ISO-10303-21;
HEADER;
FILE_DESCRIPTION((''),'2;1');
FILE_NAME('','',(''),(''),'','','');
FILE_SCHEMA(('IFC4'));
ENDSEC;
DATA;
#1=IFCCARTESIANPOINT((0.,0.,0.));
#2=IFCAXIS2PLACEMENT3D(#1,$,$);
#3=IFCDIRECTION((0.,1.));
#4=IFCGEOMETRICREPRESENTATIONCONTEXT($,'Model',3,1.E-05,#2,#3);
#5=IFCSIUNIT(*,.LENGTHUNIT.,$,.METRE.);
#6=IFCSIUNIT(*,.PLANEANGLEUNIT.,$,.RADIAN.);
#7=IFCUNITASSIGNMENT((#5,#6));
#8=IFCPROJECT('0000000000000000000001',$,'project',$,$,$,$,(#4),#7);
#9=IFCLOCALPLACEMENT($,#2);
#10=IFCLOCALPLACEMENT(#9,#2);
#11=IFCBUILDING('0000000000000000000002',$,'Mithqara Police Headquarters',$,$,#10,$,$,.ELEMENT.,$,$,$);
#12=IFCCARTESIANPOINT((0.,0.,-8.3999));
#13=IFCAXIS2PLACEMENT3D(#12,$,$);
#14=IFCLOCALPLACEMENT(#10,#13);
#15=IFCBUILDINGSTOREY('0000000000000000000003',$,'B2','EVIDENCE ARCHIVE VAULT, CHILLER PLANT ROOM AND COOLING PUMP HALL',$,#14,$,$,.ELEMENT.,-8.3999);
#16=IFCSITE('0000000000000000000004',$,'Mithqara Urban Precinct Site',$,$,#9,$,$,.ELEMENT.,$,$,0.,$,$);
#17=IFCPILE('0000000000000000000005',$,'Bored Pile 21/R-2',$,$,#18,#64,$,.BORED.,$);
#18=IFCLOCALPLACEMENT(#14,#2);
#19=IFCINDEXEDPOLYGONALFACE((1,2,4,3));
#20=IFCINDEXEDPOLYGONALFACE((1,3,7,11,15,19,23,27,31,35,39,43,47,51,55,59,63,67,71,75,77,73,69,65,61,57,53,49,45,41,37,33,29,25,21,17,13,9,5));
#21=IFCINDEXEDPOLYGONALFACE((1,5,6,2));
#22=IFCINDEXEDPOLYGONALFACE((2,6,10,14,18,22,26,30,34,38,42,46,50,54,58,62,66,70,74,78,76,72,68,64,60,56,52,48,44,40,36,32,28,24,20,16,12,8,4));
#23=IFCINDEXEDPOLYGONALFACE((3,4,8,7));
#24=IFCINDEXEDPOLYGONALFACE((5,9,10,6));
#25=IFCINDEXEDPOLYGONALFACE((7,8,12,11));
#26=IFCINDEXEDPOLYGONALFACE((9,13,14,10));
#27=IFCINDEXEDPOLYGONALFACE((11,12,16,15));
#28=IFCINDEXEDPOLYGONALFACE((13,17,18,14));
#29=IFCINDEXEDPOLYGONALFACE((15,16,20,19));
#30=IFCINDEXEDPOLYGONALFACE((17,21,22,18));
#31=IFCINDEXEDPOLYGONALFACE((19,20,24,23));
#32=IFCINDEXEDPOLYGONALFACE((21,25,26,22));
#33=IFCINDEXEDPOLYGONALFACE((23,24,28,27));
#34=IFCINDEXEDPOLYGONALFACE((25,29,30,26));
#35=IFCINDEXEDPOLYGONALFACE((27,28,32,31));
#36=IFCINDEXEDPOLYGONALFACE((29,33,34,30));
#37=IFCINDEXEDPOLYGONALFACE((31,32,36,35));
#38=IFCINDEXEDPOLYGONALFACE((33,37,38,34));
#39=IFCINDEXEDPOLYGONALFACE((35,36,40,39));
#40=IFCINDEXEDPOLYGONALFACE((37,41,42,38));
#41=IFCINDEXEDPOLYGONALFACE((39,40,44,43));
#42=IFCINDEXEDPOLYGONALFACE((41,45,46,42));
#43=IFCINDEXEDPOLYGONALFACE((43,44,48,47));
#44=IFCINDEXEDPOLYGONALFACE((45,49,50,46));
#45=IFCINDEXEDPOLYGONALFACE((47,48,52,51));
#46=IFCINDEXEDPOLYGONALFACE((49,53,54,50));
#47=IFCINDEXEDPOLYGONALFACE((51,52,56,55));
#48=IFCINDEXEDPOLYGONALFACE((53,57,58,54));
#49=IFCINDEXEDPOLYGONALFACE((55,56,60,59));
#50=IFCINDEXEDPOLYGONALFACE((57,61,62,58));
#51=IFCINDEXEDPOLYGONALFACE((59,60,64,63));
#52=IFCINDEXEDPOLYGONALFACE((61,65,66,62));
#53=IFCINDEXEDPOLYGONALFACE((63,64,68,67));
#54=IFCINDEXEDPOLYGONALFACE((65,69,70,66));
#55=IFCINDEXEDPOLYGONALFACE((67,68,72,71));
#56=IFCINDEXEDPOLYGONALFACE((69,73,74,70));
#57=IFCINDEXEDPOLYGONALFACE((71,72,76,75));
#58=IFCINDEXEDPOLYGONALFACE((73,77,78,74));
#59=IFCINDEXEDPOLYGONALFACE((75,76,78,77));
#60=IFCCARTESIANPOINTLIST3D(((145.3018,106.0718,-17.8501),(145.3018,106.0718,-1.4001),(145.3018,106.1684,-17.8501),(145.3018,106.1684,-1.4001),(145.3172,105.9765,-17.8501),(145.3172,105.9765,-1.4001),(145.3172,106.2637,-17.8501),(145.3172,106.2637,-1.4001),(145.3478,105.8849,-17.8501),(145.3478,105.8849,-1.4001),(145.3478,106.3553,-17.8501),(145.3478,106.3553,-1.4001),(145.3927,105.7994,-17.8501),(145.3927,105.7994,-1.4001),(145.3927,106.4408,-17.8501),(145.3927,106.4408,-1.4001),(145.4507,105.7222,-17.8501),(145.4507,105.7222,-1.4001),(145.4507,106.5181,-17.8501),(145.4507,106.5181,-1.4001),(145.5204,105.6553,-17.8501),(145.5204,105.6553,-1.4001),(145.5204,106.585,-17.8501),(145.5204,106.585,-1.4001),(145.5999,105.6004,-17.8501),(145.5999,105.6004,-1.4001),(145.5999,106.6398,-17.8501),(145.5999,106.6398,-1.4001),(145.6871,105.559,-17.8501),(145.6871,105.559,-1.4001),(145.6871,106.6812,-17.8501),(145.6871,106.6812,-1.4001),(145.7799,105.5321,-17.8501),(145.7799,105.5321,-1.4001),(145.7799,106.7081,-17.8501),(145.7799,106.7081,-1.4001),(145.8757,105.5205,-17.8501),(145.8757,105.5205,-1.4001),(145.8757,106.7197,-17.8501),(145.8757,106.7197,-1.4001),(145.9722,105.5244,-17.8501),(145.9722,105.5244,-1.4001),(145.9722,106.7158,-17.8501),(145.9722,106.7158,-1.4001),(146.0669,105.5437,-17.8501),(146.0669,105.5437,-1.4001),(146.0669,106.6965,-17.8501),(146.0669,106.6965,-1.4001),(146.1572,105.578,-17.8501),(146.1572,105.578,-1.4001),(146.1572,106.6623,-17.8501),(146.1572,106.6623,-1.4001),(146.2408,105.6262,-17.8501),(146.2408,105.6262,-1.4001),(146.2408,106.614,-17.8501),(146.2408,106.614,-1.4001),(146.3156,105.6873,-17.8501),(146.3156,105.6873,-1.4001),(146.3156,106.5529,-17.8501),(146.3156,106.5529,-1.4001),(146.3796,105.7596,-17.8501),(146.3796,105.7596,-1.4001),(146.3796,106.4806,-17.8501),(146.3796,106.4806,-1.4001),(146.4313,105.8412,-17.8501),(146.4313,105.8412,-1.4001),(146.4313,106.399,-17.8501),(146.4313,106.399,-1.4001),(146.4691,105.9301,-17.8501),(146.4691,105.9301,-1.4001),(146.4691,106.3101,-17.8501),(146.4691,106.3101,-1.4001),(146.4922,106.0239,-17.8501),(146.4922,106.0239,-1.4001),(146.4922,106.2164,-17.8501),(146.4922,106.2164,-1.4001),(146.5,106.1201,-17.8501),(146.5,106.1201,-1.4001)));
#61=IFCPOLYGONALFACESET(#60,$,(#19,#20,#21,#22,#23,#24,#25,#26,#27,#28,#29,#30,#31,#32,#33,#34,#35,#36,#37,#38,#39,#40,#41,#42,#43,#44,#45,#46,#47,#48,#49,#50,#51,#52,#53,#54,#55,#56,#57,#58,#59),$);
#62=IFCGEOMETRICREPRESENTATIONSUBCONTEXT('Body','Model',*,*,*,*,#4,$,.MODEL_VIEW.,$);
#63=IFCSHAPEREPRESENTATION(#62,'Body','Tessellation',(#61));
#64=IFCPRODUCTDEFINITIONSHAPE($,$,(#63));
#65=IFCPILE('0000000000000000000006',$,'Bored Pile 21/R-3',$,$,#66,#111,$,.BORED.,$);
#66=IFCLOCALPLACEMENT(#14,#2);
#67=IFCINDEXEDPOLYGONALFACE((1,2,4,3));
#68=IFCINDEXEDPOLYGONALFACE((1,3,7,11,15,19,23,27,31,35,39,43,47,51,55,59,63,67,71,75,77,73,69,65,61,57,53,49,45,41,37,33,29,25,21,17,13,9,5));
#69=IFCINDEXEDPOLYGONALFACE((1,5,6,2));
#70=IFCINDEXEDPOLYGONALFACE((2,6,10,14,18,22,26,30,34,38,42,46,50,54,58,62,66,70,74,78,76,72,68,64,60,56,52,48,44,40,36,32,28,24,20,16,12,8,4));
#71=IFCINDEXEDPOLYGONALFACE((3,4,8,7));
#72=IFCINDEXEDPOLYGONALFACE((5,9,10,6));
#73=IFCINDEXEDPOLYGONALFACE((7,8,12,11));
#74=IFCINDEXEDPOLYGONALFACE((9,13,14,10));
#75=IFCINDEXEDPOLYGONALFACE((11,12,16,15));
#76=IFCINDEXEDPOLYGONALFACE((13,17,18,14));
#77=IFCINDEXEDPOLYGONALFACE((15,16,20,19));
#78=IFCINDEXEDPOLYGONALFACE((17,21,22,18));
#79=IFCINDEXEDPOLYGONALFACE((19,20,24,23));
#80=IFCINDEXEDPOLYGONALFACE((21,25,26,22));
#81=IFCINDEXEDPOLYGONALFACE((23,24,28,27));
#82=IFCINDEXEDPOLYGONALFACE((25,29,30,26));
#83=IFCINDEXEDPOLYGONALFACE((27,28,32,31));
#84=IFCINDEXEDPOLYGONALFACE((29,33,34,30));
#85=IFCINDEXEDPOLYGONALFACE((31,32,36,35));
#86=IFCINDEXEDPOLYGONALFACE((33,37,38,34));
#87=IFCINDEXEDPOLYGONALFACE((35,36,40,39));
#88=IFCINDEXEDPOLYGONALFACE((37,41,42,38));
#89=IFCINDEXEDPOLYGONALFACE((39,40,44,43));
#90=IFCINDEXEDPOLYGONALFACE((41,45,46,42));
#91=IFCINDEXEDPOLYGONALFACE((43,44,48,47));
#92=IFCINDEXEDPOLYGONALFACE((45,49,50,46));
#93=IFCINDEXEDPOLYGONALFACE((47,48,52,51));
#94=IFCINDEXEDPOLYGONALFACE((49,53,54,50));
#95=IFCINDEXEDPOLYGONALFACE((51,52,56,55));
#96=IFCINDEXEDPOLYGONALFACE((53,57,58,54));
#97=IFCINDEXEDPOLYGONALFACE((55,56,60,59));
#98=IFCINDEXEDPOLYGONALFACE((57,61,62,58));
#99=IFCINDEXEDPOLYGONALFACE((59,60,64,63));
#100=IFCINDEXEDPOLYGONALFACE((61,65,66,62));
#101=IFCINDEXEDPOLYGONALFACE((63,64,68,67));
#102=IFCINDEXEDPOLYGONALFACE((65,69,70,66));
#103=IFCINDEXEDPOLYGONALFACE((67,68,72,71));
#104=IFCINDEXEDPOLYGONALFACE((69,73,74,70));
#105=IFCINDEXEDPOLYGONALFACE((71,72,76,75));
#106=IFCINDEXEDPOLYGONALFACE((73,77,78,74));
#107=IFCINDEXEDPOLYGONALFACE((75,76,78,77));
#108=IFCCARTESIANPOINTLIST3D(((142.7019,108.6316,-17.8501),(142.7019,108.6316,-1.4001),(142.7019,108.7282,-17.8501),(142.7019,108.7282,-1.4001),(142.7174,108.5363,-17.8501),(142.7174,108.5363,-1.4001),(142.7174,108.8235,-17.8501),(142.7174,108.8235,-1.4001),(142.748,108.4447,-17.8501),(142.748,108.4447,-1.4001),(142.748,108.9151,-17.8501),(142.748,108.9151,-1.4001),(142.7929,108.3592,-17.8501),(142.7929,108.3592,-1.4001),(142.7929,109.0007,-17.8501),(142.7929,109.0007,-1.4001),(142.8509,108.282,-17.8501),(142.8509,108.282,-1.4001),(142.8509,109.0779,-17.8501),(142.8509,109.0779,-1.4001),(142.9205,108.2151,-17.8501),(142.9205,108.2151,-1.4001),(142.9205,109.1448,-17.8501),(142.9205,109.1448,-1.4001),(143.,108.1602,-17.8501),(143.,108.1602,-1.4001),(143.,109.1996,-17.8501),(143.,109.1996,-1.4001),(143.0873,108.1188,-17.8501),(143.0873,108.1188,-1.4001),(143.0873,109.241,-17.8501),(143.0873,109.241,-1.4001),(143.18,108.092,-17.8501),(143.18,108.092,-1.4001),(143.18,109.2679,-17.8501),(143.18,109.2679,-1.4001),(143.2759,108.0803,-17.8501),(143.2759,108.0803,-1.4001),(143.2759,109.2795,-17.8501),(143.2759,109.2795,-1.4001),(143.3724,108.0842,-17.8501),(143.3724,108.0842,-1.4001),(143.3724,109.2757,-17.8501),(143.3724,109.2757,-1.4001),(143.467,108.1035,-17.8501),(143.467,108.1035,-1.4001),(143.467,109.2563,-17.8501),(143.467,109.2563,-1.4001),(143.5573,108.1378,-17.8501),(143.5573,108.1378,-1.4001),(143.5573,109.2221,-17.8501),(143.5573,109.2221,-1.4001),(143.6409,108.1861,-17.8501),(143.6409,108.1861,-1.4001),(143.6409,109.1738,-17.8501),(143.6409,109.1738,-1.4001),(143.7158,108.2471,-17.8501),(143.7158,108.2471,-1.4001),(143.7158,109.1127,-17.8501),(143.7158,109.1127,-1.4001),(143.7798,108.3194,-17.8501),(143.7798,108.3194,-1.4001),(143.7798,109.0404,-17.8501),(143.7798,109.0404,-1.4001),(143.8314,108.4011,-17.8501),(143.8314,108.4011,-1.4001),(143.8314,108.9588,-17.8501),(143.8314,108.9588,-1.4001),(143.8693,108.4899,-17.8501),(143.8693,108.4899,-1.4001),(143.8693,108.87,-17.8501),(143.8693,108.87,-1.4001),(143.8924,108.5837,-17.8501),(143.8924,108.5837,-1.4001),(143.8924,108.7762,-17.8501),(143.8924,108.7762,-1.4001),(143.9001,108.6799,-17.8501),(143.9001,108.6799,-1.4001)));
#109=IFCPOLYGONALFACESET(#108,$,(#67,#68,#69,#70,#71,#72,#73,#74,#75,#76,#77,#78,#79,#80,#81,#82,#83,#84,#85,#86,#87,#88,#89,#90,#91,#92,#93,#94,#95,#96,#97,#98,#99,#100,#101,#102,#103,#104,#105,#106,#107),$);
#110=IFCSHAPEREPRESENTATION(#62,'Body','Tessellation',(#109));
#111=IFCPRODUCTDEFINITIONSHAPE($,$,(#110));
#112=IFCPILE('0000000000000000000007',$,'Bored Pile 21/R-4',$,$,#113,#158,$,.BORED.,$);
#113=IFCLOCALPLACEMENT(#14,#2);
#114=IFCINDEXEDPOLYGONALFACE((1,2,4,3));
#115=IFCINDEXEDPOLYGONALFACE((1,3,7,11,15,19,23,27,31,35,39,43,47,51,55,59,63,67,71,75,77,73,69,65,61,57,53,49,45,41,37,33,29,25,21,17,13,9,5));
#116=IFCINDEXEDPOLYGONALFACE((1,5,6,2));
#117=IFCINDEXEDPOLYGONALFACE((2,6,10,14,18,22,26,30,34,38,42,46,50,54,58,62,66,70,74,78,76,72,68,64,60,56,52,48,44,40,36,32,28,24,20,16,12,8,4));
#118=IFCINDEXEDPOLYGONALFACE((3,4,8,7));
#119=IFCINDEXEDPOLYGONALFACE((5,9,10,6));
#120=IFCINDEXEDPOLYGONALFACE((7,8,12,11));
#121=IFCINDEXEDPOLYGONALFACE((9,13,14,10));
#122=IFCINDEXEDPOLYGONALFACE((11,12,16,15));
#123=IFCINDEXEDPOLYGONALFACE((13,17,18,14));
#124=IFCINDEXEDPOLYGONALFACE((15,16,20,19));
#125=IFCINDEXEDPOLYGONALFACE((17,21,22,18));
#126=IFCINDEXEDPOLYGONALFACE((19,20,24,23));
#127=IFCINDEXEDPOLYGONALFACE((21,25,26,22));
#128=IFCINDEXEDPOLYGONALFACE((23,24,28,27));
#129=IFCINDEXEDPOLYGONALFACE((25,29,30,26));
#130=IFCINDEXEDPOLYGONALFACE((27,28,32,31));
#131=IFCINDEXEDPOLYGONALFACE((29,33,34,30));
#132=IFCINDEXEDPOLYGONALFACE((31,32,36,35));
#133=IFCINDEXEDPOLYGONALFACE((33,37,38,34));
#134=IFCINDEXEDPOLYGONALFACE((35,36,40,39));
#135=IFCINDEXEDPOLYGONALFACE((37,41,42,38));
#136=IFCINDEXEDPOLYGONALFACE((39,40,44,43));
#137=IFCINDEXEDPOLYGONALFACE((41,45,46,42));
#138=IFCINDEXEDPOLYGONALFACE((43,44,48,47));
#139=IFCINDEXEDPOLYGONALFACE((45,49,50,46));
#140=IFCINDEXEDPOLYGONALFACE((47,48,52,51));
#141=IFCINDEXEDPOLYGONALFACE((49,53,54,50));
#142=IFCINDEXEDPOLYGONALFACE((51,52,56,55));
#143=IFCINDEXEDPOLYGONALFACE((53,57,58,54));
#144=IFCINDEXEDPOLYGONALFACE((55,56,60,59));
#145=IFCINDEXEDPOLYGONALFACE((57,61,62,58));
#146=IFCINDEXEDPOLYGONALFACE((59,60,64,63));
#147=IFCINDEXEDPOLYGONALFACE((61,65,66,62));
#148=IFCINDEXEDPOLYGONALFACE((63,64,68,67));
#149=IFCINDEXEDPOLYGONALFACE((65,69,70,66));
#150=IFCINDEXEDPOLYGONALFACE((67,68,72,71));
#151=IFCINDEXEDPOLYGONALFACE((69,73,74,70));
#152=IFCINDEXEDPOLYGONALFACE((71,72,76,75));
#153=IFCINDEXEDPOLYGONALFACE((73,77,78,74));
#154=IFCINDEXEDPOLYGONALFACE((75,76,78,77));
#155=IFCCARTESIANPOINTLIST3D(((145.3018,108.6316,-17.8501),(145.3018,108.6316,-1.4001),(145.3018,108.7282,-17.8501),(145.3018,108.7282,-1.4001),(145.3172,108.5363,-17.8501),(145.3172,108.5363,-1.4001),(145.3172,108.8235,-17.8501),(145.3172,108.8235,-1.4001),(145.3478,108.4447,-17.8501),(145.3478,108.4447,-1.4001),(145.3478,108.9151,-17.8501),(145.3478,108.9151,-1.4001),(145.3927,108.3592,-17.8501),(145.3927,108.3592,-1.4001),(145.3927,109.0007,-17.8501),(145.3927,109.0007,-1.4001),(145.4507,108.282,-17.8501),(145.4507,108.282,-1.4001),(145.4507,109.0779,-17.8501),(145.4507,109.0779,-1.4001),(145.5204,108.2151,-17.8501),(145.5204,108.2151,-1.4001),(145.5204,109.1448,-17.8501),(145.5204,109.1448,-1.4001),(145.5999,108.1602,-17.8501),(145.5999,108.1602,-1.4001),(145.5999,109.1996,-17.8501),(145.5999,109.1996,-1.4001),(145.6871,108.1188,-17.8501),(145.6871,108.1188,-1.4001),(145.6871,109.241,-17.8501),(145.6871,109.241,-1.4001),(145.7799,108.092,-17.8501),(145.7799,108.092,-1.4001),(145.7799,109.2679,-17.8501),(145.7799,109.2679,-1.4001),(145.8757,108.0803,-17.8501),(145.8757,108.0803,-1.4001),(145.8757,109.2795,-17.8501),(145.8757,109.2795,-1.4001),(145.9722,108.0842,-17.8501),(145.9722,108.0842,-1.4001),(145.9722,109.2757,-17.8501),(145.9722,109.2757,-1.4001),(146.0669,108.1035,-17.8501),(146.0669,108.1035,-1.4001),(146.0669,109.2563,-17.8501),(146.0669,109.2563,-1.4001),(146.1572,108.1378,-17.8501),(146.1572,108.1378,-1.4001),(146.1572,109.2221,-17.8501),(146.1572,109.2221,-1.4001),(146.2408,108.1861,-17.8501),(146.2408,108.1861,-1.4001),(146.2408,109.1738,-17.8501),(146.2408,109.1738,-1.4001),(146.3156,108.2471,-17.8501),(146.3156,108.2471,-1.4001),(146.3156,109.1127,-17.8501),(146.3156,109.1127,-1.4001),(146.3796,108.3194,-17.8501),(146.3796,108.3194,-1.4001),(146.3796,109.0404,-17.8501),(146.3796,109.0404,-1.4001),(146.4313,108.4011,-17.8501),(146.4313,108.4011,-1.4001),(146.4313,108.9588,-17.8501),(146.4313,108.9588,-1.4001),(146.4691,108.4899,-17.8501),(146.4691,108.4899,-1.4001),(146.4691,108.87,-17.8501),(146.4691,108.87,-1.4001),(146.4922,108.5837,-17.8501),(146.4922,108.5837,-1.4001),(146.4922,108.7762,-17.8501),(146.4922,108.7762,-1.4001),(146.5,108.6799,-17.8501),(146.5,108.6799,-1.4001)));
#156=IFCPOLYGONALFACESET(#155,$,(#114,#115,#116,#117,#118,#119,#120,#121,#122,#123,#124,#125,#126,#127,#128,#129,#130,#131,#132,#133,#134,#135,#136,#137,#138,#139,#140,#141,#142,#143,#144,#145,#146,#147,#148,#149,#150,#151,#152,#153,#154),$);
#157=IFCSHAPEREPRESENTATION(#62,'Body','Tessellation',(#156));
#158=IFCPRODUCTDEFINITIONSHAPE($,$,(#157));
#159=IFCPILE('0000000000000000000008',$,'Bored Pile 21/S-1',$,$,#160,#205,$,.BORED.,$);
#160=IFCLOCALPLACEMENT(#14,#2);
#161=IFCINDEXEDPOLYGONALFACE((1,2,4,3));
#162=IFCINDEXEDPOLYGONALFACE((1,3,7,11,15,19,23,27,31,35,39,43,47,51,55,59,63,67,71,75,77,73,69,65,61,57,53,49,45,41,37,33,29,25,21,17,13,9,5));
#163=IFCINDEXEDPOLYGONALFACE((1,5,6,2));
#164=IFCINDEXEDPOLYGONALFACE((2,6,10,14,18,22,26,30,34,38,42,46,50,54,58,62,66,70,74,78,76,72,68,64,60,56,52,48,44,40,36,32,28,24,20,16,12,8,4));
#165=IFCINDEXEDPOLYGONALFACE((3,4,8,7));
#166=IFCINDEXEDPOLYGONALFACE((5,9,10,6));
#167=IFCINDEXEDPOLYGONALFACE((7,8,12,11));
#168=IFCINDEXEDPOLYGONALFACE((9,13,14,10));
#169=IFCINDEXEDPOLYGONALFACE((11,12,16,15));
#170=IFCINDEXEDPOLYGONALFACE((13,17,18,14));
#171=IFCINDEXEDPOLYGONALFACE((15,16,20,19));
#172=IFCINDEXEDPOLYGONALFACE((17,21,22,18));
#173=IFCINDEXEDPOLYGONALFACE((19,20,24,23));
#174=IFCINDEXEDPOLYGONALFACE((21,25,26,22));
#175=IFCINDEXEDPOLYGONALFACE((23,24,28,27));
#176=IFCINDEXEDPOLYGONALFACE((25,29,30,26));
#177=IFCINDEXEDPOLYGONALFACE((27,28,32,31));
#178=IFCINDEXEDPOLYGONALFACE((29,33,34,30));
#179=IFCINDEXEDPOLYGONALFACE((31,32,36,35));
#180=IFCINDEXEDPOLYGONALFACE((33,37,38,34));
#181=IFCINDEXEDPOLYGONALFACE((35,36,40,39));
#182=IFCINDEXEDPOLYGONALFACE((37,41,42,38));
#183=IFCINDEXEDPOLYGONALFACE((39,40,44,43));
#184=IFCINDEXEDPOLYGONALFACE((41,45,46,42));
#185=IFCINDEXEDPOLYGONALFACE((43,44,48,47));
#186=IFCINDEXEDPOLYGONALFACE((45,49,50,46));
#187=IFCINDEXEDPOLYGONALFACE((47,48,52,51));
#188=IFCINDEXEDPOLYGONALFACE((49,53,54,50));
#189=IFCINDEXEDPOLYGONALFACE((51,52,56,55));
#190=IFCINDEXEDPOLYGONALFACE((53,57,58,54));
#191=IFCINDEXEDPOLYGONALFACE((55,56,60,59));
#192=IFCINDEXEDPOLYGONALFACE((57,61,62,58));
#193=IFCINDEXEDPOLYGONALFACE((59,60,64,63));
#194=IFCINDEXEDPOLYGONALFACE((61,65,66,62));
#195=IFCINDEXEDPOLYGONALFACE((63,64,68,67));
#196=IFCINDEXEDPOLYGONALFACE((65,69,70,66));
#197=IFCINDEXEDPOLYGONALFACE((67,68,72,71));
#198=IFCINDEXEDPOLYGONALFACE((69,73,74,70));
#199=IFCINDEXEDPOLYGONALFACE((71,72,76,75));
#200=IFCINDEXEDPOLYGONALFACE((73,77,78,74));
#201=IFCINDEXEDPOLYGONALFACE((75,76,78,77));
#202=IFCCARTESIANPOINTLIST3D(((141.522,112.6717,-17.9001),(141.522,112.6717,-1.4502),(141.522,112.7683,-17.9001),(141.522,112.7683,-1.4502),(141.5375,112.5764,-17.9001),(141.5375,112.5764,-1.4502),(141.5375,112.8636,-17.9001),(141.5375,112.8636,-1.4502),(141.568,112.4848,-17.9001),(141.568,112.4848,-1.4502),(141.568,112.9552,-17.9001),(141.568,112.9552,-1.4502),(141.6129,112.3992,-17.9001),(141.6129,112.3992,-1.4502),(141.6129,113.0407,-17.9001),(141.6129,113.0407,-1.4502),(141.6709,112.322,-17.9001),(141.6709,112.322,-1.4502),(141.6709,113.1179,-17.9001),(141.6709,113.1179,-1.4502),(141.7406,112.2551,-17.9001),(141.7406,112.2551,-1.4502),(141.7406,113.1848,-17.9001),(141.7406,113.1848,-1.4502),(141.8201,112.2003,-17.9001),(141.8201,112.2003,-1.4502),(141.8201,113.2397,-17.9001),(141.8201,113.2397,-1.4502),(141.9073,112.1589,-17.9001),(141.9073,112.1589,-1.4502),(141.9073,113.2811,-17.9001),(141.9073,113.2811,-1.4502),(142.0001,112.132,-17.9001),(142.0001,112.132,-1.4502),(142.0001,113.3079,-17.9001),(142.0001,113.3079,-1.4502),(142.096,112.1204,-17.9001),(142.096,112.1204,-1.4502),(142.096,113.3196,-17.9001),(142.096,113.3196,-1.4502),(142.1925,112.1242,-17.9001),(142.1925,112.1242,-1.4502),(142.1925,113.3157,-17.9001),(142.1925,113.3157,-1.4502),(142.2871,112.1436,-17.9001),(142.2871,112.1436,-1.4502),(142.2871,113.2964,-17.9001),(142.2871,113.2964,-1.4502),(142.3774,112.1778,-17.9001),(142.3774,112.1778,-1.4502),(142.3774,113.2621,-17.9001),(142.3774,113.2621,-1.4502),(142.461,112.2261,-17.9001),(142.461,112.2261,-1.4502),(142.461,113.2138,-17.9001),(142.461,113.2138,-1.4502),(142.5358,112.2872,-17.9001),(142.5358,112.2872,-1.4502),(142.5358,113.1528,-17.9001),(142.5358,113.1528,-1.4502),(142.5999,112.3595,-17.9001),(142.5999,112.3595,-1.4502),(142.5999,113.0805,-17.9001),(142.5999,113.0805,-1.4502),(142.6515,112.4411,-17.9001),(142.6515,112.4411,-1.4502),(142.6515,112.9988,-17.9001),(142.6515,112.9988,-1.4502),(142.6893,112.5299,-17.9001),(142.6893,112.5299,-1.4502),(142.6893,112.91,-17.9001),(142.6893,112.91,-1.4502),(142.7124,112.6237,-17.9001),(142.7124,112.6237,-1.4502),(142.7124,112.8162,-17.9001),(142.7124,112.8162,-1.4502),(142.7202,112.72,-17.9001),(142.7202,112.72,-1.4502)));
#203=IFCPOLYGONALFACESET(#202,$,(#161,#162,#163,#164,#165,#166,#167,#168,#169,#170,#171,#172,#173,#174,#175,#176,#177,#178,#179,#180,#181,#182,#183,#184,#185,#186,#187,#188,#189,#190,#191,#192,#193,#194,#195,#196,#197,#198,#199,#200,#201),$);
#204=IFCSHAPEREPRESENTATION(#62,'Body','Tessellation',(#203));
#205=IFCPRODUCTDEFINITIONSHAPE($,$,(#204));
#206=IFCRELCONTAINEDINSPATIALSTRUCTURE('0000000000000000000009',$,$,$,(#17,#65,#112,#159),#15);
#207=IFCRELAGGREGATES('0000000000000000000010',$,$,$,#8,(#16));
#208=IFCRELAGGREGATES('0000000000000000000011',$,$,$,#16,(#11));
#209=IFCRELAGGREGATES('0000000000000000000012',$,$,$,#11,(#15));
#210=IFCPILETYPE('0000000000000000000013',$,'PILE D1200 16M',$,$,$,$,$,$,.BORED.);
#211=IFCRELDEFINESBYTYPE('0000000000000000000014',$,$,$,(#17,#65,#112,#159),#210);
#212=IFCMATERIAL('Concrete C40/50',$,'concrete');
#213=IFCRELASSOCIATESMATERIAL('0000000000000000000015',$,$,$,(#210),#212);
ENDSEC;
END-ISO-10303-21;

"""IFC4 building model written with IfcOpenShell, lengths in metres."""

from ifc_helpers import new_model, si_unit, direction, frame, origin, origin_2d, place, context, subcontext, project, spatial, circle, extrude, material, material_profile, profile_set, type_object, element, save


model = new_model("IFC4")

# Units and contexts
model_context = context("Model", 3, precision=1e-05, world=origin(), true_north=direction((0.0, 1.0)))
body_context = subcontext(model_context, "Body", "Model", "MODEL_VIEW")
ifc_project = project(units=[si_unit("LENGTHUNIT", "METRE"), si_unit("PLANEANGLEUNIT", "RADIAN")], contexts=[model_context])

# Site, building, storey
site_placement = place(None, origin())
site = spatial("IfcSite", under=ifc_project, at=site_placement, Name="Mithqara Urban Precinct Site", CompositionType="ELEMENT", RefElevation=0.0)
building_placement = place(site_placement, origin())
building = spatial("IfcBuilding", under=site, at=building_placement, Name="Mithqara Police Headquarters", CompositionType="ELEMENT")
storey_placement = place(building_placement, frame((0.0, 0.0, -8.3999)))
storey = spatial("IfcBuildingStorey", under=building, at=storey_placement, Name="B2", Description="EVIDENCE ARCHIVE VAULT, CHILLER PLANT ROOM AND COOLING PUMP HALL", CompositionType="ELEMENT", Elevation=-8.3999)

# Shared definitions
ifc_material_1 = material(Name="Concrete C40/50", Category="concrete")

# Piles
ifc_material_profile_1 = material_profile(ifc_material_1, circle(Radius=0.6001, at=origin_2d()), Name="PILE D1200")
ifc_profile_set_1 = profile_set([ifc_material_profile_1], Name="Concrete C40/50")
pile_type_1 = type_object("IfcPileType", Name="PILE D1200 16M", PredefinedType="BORED", material=ifc_profile_set_1)
for number, where, z_axis, x_axis, name in (
    (1, (145.8999, 106.1201, -1.4001), (0.0, 0.0, -1.0), (1.0, 0.0, 0.0), "Bored Pile 21/R-2"),
    (2, (143.3, 108.6799, -1.4001), (0.0, 0.0, -1.0), (1.0, 0.0, 0.0), "Bored Pile 21/R-3"),
    (3, (145.8999, 108.6799, -1.4001), (0.0, 0.0, -1.0), (1.0, 0.0, 0.0), "Bored Pile 21/R-4"),
    (4, (142.1201, 112.72, -1.4502), (0.0, 0.0, -1.0), (1.0, 0.0, 0.0), "Bored Pile 21/S-1"),
):
    element("IfcPile", number, at=place(storey_placement, frame(where, z_axis=z_axis, x_axis=x_axis)), inside=storey, type_object=pile_type_1, Name=name, PredefinedType="BORED", context=body_context, shape_type="SweptSolid", body=[
        extrude(circle(Radius=0.6001, at=origin_2d()), origin(), (0.0, 0.0, 1.0), 16.45),
    ])

save(model, "model.ifc")
